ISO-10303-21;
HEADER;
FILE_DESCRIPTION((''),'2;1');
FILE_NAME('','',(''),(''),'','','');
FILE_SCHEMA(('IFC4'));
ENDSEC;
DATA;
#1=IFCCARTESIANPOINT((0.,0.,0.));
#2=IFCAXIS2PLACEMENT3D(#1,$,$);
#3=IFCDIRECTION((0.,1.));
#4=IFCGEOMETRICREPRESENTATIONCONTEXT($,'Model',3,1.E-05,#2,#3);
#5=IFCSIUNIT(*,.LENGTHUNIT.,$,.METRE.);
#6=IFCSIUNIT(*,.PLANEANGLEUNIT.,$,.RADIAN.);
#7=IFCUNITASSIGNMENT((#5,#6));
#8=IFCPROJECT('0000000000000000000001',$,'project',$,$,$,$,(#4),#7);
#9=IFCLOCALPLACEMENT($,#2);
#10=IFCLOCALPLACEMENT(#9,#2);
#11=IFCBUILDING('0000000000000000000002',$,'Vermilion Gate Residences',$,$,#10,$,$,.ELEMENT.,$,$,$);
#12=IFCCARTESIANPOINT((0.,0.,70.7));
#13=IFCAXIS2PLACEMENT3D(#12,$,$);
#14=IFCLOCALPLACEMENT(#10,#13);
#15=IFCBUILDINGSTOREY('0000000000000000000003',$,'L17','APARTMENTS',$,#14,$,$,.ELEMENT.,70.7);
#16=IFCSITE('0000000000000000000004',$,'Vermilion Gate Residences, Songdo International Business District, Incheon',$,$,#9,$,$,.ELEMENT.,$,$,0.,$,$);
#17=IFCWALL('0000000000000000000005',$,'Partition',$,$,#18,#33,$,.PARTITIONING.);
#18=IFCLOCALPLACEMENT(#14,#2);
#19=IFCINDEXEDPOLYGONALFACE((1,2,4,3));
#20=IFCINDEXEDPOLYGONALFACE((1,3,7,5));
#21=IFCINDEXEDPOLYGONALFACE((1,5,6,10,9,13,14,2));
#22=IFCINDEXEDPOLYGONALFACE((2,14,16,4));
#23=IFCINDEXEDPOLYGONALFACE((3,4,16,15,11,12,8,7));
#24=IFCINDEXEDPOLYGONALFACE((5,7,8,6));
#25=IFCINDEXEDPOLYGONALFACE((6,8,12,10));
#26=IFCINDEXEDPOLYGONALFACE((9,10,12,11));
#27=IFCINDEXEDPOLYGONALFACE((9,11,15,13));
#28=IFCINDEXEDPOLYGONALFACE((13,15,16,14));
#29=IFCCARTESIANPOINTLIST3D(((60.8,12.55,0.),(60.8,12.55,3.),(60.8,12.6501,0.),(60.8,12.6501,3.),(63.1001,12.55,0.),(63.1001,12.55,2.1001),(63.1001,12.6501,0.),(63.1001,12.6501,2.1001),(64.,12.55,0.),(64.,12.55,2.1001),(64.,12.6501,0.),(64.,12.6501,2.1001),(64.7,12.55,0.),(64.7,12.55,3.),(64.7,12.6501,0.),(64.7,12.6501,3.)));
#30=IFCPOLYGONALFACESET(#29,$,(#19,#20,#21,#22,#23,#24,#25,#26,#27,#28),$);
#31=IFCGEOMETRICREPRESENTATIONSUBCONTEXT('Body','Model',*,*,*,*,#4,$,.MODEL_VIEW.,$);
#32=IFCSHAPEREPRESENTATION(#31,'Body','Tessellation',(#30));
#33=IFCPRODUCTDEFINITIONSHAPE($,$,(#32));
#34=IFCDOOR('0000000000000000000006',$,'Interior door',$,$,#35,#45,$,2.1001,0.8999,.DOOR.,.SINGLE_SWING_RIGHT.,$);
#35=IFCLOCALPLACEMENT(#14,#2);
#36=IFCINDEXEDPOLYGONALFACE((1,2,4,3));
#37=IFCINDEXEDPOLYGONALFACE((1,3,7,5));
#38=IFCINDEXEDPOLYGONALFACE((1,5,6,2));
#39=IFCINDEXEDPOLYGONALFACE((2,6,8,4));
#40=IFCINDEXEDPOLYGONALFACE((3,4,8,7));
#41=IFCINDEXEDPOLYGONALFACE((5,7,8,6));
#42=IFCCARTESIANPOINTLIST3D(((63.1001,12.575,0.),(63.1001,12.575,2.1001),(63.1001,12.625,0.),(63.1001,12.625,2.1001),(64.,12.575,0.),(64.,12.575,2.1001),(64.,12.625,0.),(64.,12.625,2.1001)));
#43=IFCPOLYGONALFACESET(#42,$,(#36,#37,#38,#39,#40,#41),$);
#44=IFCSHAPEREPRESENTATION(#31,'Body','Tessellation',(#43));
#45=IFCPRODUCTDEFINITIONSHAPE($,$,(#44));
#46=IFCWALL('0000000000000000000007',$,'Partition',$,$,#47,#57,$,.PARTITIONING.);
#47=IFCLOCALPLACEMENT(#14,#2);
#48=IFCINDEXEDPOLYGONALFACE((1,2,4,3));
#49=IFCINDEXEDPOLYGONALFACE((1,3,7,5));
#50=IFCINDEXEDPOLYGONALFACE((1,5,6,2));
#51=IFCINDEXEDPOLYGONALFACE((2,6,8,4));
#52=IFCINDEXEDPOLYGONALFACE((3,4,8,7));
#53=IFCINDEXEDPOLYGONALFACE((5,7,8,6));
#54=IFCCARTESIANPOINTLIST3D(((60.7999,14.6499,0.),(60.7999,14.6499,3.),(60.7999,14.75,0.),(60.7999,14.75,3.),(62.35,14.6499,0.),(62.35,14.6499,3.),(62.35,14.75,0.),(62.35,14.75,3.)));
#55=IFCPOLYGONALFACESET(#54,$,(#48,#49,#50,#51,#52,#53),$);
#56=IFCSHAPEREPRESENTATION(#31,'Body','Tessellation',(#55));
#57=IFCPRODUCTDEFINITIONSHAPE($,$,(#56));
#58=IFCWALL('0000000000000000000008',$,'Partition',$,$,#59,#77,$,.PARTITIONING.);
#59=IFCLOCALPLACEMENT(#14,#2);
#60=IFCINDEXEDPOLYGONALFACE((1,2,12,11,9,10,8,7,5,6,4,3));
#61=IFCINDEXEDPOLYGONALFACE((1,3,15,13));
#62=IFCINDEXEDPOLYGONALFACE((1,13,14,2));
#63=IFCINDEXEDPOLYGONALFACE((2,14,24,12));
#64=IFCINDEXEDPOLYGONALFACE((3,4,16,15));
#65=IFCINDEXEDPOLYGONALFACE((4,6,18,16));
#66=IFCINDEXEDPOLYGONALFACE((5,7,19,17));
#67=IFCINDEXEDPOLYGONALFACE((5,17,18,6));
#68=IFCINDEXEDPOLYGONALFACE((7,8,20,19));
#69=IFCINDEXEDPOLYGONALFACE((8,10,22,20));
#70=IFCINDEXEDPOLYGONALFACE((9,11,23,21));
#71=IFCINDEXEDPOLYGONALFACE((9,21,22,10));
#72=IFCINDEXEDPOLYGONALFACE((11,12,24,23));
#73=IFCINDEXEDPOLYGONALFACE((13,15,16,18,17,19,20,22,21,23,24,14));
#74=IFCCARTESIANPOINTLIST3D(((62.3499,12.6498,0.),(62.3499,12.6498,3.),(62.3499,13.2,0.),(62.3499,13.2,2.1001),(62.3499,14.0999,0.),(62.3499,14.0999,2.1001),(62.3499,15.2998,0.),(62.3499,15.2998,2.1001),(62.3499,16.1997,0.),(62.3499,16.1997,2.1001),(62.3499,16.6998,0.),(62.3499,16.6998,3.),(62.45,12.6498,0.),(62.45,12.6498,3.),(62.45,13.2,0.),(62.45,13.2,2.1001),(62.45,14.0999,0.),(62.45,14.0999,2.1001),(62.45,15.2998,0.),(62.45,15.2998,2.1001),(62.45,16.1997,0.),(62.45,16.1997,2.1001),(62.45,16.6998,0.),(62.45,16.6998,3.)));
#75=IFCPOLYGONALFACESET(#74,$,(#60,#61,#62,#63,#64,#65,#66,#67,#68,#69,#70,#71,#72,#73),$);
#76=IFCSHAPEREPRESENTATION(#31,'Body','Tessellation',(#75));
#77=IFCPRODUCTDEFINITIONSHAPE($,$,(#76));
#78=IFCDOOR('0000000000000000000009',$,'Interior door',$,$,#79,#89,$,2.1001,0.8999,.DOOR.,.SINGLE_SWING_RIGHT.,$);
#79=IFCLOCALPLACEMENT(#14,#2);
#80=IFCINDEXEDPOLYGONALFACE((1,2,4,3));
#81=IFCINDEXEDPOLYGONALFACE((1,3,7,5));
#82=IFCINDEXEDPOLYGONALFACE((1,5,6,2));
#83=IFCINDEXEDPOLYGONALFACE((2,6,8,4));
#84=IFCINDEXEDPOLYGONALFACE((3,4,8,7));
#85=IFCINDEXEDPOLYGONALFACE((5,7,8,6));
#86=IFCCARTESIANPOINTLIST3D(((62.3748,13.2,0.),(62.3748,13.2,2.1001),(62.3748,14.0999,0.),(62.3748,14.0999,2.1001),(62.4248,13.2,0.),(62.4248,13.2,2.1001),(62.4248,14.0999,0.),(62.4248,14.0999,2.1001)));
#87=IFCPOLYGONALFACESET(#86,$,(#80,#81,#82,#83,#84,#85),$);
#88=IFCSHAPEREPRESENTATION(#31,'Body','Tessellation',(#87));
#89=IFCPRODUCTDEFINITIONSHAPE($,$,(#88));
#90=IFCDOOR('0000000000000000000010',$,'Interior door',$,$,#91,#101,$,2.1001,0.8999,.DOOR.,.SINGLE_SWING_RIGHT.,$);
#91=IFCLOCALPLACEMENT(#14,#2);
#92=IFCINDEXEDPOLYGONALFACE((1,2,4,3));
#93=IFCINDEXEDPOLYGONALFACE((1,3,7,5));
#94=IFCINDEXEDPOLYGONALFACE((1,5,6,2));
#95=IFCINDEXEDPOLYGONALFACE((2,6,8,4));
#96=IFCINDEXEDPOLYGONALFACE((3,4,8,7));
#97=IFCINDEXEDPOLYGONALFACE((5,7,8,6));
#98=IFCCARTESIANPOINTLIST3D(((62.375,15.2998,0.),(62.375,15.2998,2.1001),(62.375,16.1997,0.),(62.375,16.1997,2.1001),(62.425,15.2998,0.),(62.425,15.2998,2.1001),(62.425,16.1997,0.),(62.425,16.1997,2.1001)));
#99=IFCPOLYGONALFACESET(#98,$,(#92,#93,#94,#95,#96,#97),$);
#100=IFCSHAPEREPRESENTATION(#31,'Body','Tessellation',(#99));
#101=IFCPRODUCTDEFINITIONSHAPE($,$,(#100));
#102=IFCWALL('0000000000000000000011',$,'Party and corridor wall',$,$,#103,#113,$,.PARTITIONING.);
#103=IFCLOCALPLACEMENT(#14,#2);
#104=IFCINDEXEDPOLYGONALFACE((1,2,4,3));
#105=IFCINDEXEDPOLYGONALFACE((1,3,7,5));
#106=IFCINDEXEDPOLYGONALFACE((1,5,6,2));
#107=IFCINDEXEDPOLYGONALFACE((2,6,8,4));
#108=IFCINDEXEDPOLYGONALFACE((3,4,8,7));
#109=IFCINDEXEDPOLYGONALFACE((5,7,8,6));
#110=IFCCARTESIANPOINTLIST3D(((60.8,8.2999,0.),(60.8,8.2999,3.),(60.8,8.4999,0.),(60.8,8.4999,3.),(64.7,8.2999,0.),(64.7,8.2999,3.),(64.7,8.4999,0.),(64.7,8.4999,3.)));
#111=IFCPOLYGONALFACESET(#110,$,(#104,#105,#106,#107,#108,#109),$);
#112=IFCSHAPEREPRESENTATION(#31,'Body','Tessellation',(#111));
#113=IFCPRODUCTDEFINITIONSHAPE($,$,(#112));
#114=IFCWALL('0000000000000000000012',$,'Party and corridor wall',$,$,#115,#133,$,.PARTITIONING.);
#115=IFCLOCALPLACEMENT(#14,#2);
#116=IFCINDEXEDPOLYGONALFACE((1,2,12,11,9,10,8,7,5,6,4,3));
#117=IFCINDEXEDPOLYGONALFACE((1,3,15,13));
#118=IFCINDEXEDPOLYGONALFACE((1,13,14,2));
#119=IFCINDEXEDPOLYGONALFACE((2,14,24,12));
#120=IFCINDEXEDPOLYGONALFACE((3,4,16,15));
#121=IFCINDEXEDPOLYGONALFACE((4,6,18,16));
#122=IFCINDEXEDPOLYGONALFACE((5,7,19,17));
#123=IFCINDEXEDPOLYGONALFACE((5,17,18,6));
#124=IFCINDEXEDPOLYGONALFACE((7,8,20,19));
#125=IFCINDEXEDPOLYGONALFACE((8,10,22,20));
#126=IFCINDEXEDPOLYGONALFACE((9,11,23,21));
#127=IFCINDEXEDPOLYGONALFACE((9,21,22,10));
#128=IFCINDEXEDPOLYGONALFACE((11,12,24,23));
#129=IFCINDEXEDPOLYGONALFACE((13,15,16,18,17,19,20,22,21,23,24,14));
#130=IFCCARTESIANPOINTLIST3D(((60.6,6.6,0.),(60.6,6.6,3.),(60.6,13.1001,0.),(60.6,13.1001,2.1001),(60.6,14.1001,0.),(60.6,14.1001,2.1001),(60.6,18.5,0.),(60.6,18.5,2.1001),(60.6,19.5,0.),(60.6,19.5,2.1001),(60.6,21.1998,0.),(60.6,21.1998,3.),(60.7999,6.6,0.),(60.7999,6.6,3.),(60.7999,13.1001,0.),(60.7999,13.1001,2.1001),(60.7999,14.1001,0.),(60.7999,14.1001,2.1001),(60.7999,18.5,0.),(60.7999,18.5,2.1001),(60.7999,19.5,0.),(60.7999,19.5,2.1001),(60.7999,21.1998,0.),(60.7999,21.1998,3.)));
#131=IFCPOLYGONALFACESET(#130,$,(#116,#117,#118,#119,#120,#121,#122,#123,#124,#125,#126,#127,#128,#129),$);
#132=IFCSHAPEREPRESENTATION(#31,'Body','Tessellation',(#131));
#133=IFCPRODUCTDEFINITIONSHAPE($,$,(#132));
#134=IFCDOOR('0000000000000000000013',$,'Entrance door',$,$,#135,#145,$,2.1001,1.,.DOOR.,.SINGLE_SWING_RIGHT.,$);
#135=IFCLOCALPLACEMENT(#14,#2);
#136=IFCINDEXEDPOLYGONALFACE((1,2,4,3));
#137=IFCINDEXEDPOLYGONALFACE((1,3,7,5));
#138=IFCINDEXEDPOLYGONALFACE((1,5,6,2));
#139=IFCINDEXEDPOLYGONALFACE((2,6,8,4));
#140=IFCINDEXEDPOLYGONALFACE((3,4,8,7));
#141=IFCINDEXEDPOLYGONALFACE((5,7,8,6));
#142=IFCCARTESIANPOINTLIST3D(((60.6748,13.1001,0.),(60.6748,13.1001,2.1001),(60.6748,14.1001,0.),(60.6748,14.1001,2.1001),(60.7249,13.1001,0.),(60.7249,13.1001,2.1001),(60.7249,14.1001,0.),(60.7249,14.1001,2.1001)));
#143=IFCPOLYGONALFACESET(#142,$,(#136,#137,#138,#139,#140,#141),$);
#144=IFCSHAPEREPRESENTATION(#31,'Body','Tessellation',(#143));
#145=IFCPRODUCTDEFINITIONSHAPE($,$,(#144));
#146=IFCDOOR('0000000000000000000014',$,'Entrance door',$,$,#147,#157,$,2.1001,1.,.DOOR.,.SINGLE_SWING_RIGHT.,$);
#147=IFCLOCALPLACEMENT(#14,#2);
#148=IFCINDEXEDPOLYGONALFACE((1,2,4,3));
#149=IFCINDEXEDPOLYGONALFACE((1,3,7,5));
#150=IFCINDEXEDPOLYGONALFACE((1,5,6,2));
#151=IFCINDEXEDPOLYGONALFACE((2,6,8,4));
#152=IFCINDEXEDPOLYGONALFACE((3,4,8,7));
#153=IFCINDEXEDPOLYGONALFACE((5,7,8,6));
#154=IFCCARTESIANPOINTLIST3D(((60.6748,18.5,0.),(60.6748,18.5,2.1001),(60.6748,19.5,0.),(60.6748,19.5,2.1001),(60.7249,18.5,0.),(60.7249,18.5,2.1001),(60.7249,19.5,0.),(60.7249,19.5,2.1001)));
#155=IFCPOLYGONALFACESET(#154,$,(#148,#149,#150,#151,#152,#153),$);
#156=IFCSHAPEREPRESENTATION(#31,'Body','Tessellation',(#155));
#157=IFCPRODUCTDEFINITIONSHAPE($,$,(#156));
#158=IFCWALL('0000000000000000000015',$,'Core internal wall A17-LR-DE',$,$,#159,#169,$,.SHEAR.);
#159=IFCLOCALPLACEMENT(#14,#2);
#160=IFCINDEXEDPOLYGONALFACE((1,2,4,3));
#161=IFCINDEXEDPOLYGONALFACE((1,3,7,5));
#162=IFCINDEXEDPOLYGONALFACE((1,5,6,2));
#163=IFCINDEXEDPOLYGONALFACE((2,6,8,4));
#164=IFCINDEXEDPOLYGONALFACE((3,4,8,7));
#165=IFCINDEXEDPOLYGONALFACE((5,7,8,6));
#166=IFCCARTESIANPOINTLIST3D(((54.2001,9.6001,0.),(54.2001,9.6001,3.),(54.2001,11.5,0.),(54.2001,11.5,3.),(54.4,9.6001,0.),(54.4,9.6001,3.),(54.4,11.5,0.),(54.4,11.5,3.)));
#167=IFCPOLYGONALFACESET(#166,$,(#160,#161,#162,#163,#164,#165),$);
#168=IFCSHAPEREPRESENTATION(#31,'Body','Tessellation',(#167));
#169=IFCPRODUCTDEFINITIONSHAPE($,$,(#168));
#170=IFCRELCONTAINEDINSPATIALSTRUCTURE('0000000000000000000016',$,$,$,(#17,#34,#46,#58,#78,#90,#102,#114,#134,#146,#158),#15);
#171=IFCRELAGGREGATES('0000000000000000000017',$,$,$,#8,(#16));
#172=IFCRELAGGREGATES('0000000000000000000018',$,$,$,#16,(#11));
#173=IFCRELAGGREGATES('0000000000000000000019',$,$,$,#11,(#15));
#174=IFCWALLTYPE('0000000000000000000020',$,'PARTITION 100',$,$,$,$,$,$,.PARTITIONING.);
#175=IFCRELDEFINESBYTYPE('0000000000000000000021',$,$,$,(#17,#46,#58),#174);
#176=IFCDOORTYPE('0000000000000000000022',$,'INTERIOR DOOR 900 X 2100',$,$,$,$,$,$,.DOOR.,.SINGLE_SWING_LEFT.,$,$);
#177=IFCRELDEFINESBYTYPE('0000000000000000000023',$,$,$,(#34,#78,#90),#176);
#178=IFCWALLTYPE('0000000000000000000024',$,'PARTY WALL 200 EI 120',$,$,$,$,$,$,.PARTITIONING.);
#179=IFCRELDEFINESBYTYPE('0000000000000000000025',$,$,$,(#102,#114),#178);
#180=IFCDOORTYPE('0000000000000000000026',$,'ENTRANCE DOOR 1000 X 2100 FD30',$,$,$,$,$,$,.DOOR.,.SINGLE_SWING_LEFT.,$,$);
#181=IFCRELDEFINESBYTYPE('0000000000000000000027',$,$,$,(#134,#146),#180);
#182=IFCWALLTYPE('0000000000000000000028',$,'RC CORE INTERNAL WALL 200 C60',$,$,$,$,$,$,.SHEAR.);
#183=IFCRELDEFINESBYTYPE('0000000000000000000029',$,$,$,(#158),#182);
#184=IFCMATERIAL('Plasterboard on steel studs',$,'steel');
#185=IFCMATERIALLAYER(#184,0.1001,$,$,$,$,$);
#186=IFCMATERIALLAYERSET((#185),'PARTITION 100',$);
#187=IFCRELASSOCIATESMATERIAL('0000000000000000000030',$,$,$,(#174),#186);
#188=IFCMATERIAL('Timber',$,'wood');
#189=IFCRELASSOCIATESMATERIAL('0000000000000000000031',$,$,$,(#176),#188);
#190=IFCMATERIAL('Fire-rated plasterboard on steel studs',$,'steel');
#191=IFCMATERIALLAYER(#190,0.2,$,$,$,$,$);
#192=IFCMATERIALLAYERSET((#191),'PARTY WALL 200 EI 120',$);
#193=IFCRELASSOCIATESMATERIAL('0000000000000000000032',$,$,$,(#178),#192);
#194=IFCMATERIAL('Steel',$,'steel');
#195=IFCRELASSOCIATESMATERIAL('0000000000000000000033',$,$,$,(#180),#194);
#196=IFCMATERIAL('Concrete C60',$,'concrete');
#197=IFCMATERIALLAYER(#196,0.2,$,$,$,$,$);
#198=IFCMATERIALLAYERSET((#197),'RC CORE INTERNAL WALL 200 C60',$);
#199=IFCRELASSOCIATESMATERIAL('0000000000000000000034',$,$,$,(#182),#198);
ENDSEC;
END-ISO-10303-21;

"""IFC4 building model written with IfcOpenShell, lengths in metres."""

from ifc_helpers import new_model, si_unit, direction, frame, frame_2d, origin, place, context, subcontext, project, spatial, rectangle, extrude, material, layer, layer_set, type_object, element, fill, save


model = new_model("IFC4")

# Units and contexts
model_context = context("Model", 3, precision=1e-05, world=origin(), true_north=direction((0.0, 1.0)))
body_context = subcontext(model_context, "Body", "Model", "MODEL_VIEW")
ifc_project = project(units=[si_unit("LENGTHUNIT", "METRE"), si_unit("PLANEANGLEUNIT", "RADIAN")], contexts=[model_context])

# Site, building, storey
site_placement = place(None, origin())
site = spatial("IfcSite", under=ifc_project, at=site_placement, Name="Vermilion Gate Residences, Songdo International Business District, Incheon", CompositionType="ELEMENT", RefElevation=0.0)
building_placement = place(site_placement, origin())
building = spatial("IfcBuilding", under=site, at=building_placement, Name="Vermilion Gate Residences", CompositionType="ELEMENT")
storey_placement = place(building_placement, frame((0.0, 0.0, 70.7)))
storey = spatial("IfcBuildingStorey", under=building, at=storey_placement, Name="L17", Description="APARTMENTS", CompositionType="ELEMENT", Elevation=70.7)

# Wall, opening, door
ifc_material_1 = material(Name="Plasterboard on steel studs", Category="steel")
ifc_layer_1 = layer(ifc_material_1, 0.1001)
ifc_layer_set_1 = layer_set([ifc_layer_1], Name="PARTITION 100")
wall_type_1 = type_object("IfcWallType", Name="PARTITION 100", PredefinedType="PARTITIONING", material=ifc_layer_set_1)
wall_1_placement = place(storey_placement, frame((60.8, 12.6001, 0.0), z_axis=(0.0, 0.0, 1.0), x_axis=(1.0, 0.0, 0.0)))
wall_1 = element("IfcWall", 1, at=wall_1_placement, inside=storey, type_object=wall_type_1, Name="Partition", PredefinedType="PARTITIONING", context=body_context, shape_type="SweptSolid", body=[
    extrude(rectangle(XDim=3.8999, YDim=0.1001, at=frame_2d((1.95, 0.0))), origin(), (0.0, 0.0, 1.0), 3.0),
])
opening_1_placement = place(wall_1_placement, frame((2.3, 0.0, 0.0)))
opening_1 = element("IfcOpeningElement", 2, at=opening_1_placement, cuts=wall_1, PredefinedType="OPENING", context=body_context, shape_type="SweptSolid", body=[
    extrude(rectangle(XDim=0.8999, YDim=2.1001, at=frame_2d((0.45, 1.05))), frame((0.0, 0.0601, 0.0), z_axis=(0.0, -1.0, 0.0), x_axis=(1.0, 0.0, 0.0)), (0.0, 0.0, 1.0), 0.1201),
])
ifc_material_2 = material(Name="Timber", Category="wood")
door_type_1 = type_object("IfcDoorType", Name="INTERIOR DOOR 900 X 2100", OperationType="SINGLE_SWING_LEFT", PredefinedType="DOOR", material=ifc_material_2)
door_1_placement = place(opening_1_placement, origin())
door_1 = element("IfcDoor", 3, at=door_1_placement, inside=storey, type_object=door_type_1, Name="Interior door", OperationType="SINGLE_SWING_RIGHT", OverallHeight=2.1001, OverallWidth=0.8999, PredefinedType="DOOR", context=body_context, shape_type="SweptSolid", body=[
    extrude(rectangle(XDim=0.8999, YDim=2.1001, at=frame_2d((0.45, 1.05))), frame((0.0, 0.0249, 0.0), z_axis=(0.0, -1.0, 0.0), x_axis=(1.0, 0.0, 0.0)), (0.0, 0.0, 1.0), 0.05),
])
fill(opening_1, door_1)

# Wall
wall_2_placement = place(storey_placement, frame((60.8, 14.7, 0.0), z_axis=(0.0, 0.0, 1.0), x_axis=(1.0, 0.0, 0.0)))
element("IfcWall", 4, at=wall_2_placement, inside=storey, type_object=wall_type_1, Name="Partition", PredefinedType="PARTITIONING", context=body_context, shape_type="SweptSolid", body=[
    extrude(rectangle(XDim=1.55, YDim=0.1001, at=frame_2d((0.7749, 0.0))), origin(), (0.0, 0.0, 1.0), 3.0),
])

# Wall, openings, doors
wall_3_placement = place(storey_placement, frame((62.3999, 12.6499, 0.0), z_axis=(0.0, 0.0, 1.0), x_axis=(0.0, 1.0, 0.0)))
wall_3 = element("IfcWall", 5, at=wall_3_placement, inside=storey, type_object=wall_type_1, Name="Partition", PredefinedType="PARTITIONING", context=body_context, shape_type="SweptSolid", body=[
    extrude(rectangle(XDim=4.05, YDim=0.1001, at=frame_2d((2.0249, 0.0))), origin(), (0.0, 0.0, 1.0), 3.0),
])
opening_2_placement = place(wall_3_placement, frame((0.55, 0.0, 0.0)))
opening_2 = element("IfcOpeningElement", 6, at=opening_2_placement, cuts=wall_3, PredefinedType="OPENING", context=body_context, shape_type="SweptSolid", body=[
    extrude(rectangle(XDim=0.8999, YDim=2.1001, at=frame_2d((0.45, 1.05))), frame((0.0, 0.0601, 0.0), z_axis=(0.0, -1.0, 0.0), x_axis=(1.0, 0.0, 0.0)), (0.0, 0.0, 1.0), 0.1201),
])
opening_3_placement = place(wall_3_placement, frame((2.6499, 0.0, 0.0)))
opening_3 = element("IfcOpeningElement", 7, at=opening_3_placement, cuts=wall_3, PredefinedType="OPENING", context=body_context, shape_type="SweptSolid", body=[
    extrude(rectangle(XDim=0.8999, YDim=2.1001, at=frame_2d((0.45, 1.05))), frame((0.0, 0.0601, 0.0), z_axis=(0.0, -1.0, 0.0), x_axis=(1.0, 0.0, 0.0)), (0.0, 0.0, 1.0), 0.1201),
])
door_2_placement = place(opening_2_placement, frame((0.8999, 0.0, 0.0), z_axis=(0.0, 0.0, 1.0), x_axis=(-1.0, 0.0, 0.0)))
door_2 = element("IfcDoor", 8, at=door_2_placement, inside=storey, type_object=door_type_1, Name="Interior door", OperationType="SINGLE_SWING_RIGHT", OverallHeight=2.1001, OverallWidth=0.8999, PredefinedType="DOOR", context=body_context, shape_type="SweptSolid", body=[
    extrude(rectangle(XDim=0.8999, YDim=2.1001, at=frame_2d((0.45, 1.05))), frame((0.0, 0.0249, 0.0), z_axis=(0.0, -1.0, 0.0), x_axis=(1.0, 0.0, 0.0)), (0.0, 0.0, 1.0), 0.05),
])
fill(opening_2, door_2)
door_3_placement = place(opening_3_placement, origin())
door_3 = element("IfcDoor", 9, at=door_3_placement, inside=storey, type_object=door_type_1, Name="Interior door", OperationType="SINGLE_SWING_RIGHT", OverallHeight=2.1001, OverallWidth=0.8999, PredefinedType="DOOR", context=body_context, shape_type="SweptSolid", body=[
    extrude(rectangle(XDim=0.8999, YDim=2.1001, at=frame_2d((0.45, 1.05))), frame((0.0, 0.0249, 0.0), z_axis=(0.0, -1.0, 0.0), x_axis=(1.0, 0.0, 0.0)), (0.0, 0.0, 1.0), 0.05),
])
fill(opening_3, door_3)

# Wall
ifc_material_3 = material(Name="Fire-rated plasterboard on steel studs", Category="steel")
ifc_layer_2 = layer(ifc_material_3, 0.2)
ifc_layer_set_2 = layer_set([ifc_layer_2], Name="PARTY WALL 200 EI 120")
wall_type_2 = type_object("IfcWallType", Name="PARTY WALL 200 EI 120", PredefinedType="PARTITIONING", material=ifc_layer_set_2)
wall_4_placement = place(storey_placement, frame((60.8, 8.3999, 0.0), z_axis=(0.0, 0.0, 1.0), x_axis=(1.0, 0.0, 0.0)))
element("IfcWall", 10, at=wall_4_placement, inside=storey, type_object=wall_type_2, Name="Party and corridor wall", PredefinedType="PARTITIONING", context=body_context, shape_type="SweptSolid", body=[
    extrude(rectangle(XDim=3.8999, YDim=0.2, at=frame_2d((1.95, 0.0))), origin(), (0.0, 0.0, 1.0), 3.0),
])

# Wall, openings, doors
wall_5_placement = place(storey_placement, frame((60.7, 6.6001, 0.0), z_axis=(0.0, 0.0, 1.0), x_axis=(0.0, 1.0, 0.0)))
wall_5 = element("IfcWall", 11, at=wall_5_placement, inside=storey, type_object=wall_type_2, Name="Party and corridor wall", PredefinedType="PARTITIONING", context=body_context, shape_type="SweptSolid", body=[
    extrude(rectangle(XDim=14.5999, YDim=0.2, at=frame_2d((7.2998, 0.0))), origin(), (0.0, 0.0, 1.0), 3.0),
])
opening_4_placement = place(wall_5_placement, frame((6.5, 0.0, 0.0)))
opening_4 = element("IfcOpeningElement", 12, at=opening_4_placement, cuts=wall_5, PredefinedType="OPENING", context=body_context, shape_type="SweptSolid", body=[
    extrude(rectangle(XDim=1.0, YDim=2.1001, at=frame_2d((0.5, 1.05))), frame((0.0, 0.1099, 0.0), z_axis=(0.0, -1.0, 0.0), x_axis=(1.0, 0.0, 0.0)), (0.0, 0.0, 1.0), 0.22),
])
opening_5_placement = place(wall_5_placement, frame((11.8999, 0.0, 0.0)))
opening_5 = element("IfcOpeningElement", 13, at=opening_5_placement, cuts=wall_5, PredefinedType="OPENING", context=body_context, shape_type="SweptSolid", body=[
    extrude(rectangle(XDim=1.0, YDim=2.1001, at=frame_2d((0.5, 1.05))), frame((0.0, 0.1099, 0.0), z_axis=(0.0, -1.0, 0.0), x_axis=(1.0, 0.0, 0.0)), (0.0, 0.0, 1.0), 0.22),
])
ifc_material_4 = material(Name="Steel", Category="steel")
door_type_2 = type_object("IfcDoorType", Name="ENTRANCE DOOR 1000 X 2100 FD30", OperationType="SINGLE_SWING_LEFT", PredefinedType="DOOR", material=ifc_material_4)
door_4_placement = place(opening_4_placement, frame((1.0, 0.0, 0.0), z_axis=(0.0, 0.0, 1.0), x_axis=(-1.0, 0.0, 0.0)))
door_4 = element("IfcDoor", 14, at=door_4_placement, inside=storey, type_object=door_type_2, Name="Entrance door", OperationType="SINGLE_SWING_RIGHT", OverallHeight=2.1001, OverallWidth=1.0, PredefinedType="DOOR", context=body_context, shape_type="SweptSolid", body=[
    extrude(rectangle(XDim=1.0, YDim=2.1001, at=frame_2d((0.5, 1.05))), frame((0.0, 0.0249, 0.0), z_axis=(0.0, -1.0, 0.0), x_axis=(1.0, 0.0, 0.0)), (0.0, 0.0, 1.0), 0.05),
])
fill(opening_4, door_4)
door_5_placement = place(opening_5_placement, frame((1.0, 0.0, 0.0), z_axis=(0.0, 0.0, 1.0), x_axis=(-1.0, 0.0, 0.0)))
door_5 = element("IfcDoor", 15, at=door_5_placement, inside=storey, type_object=door_type_2, Name="Entrance door", OperationType="SINGLE_SWING_RIGHT", OverallHeight=2.1001, OverallWidth=1.0, PredefinedType="DOOR", context=body_context, shape_type="SweptSolid", body=[
    extrude(rectangle(XDim=1.0, YDim=2.1001, at=frame_2d((0.5, 1.05))), frame((0.0, 0.0249, 0.0), z_axis=(0.0, -1.0, 0.0), x_axis=(1.0, 0.0, 0.0)), (0.0, 0.0, 1.0), 0.05),
])
fill(opening_5, door_5)

# Wall
ifc_material_5 = material(Name="Concrete C60", Category="concrete")
ifc_layer_3 = layer(ifc_material_5, 0.2)
ifc_layer_set_3 = layer_set([ifc_layer_3], Name="RC CORE INTERNAL WALL 200 C60")
wall_type_3 = type_object("IfcWallType", Name="RC CORE INTERNAL WALL 200 C60", PredefinedType="SHEAR", material=ifc_layer_set_3)
wall_6_placement = place(storey_placement, frame((54.3, 9.6001, 0.0), z_axis=(0.0, 0.0, 1.0), x_axis=(0.0, 1.0, 0.0)))
element("IfcWall", 16, at=wall_6_placement, inside=storey, type_object=wall_type_3, Name="Core internal wall A17-LR-DE", PredefinedType="SHEAR", context=body_context, shape_type="SweptSolid", body=[
    extrude(rectangle(XDim=1.8999, YDim=0.2, at=frame_2d((0.95, 0.0))), origin(), (0.0, 0.0, 1.0), 3.0),
])

save(model, "model.ifc")
